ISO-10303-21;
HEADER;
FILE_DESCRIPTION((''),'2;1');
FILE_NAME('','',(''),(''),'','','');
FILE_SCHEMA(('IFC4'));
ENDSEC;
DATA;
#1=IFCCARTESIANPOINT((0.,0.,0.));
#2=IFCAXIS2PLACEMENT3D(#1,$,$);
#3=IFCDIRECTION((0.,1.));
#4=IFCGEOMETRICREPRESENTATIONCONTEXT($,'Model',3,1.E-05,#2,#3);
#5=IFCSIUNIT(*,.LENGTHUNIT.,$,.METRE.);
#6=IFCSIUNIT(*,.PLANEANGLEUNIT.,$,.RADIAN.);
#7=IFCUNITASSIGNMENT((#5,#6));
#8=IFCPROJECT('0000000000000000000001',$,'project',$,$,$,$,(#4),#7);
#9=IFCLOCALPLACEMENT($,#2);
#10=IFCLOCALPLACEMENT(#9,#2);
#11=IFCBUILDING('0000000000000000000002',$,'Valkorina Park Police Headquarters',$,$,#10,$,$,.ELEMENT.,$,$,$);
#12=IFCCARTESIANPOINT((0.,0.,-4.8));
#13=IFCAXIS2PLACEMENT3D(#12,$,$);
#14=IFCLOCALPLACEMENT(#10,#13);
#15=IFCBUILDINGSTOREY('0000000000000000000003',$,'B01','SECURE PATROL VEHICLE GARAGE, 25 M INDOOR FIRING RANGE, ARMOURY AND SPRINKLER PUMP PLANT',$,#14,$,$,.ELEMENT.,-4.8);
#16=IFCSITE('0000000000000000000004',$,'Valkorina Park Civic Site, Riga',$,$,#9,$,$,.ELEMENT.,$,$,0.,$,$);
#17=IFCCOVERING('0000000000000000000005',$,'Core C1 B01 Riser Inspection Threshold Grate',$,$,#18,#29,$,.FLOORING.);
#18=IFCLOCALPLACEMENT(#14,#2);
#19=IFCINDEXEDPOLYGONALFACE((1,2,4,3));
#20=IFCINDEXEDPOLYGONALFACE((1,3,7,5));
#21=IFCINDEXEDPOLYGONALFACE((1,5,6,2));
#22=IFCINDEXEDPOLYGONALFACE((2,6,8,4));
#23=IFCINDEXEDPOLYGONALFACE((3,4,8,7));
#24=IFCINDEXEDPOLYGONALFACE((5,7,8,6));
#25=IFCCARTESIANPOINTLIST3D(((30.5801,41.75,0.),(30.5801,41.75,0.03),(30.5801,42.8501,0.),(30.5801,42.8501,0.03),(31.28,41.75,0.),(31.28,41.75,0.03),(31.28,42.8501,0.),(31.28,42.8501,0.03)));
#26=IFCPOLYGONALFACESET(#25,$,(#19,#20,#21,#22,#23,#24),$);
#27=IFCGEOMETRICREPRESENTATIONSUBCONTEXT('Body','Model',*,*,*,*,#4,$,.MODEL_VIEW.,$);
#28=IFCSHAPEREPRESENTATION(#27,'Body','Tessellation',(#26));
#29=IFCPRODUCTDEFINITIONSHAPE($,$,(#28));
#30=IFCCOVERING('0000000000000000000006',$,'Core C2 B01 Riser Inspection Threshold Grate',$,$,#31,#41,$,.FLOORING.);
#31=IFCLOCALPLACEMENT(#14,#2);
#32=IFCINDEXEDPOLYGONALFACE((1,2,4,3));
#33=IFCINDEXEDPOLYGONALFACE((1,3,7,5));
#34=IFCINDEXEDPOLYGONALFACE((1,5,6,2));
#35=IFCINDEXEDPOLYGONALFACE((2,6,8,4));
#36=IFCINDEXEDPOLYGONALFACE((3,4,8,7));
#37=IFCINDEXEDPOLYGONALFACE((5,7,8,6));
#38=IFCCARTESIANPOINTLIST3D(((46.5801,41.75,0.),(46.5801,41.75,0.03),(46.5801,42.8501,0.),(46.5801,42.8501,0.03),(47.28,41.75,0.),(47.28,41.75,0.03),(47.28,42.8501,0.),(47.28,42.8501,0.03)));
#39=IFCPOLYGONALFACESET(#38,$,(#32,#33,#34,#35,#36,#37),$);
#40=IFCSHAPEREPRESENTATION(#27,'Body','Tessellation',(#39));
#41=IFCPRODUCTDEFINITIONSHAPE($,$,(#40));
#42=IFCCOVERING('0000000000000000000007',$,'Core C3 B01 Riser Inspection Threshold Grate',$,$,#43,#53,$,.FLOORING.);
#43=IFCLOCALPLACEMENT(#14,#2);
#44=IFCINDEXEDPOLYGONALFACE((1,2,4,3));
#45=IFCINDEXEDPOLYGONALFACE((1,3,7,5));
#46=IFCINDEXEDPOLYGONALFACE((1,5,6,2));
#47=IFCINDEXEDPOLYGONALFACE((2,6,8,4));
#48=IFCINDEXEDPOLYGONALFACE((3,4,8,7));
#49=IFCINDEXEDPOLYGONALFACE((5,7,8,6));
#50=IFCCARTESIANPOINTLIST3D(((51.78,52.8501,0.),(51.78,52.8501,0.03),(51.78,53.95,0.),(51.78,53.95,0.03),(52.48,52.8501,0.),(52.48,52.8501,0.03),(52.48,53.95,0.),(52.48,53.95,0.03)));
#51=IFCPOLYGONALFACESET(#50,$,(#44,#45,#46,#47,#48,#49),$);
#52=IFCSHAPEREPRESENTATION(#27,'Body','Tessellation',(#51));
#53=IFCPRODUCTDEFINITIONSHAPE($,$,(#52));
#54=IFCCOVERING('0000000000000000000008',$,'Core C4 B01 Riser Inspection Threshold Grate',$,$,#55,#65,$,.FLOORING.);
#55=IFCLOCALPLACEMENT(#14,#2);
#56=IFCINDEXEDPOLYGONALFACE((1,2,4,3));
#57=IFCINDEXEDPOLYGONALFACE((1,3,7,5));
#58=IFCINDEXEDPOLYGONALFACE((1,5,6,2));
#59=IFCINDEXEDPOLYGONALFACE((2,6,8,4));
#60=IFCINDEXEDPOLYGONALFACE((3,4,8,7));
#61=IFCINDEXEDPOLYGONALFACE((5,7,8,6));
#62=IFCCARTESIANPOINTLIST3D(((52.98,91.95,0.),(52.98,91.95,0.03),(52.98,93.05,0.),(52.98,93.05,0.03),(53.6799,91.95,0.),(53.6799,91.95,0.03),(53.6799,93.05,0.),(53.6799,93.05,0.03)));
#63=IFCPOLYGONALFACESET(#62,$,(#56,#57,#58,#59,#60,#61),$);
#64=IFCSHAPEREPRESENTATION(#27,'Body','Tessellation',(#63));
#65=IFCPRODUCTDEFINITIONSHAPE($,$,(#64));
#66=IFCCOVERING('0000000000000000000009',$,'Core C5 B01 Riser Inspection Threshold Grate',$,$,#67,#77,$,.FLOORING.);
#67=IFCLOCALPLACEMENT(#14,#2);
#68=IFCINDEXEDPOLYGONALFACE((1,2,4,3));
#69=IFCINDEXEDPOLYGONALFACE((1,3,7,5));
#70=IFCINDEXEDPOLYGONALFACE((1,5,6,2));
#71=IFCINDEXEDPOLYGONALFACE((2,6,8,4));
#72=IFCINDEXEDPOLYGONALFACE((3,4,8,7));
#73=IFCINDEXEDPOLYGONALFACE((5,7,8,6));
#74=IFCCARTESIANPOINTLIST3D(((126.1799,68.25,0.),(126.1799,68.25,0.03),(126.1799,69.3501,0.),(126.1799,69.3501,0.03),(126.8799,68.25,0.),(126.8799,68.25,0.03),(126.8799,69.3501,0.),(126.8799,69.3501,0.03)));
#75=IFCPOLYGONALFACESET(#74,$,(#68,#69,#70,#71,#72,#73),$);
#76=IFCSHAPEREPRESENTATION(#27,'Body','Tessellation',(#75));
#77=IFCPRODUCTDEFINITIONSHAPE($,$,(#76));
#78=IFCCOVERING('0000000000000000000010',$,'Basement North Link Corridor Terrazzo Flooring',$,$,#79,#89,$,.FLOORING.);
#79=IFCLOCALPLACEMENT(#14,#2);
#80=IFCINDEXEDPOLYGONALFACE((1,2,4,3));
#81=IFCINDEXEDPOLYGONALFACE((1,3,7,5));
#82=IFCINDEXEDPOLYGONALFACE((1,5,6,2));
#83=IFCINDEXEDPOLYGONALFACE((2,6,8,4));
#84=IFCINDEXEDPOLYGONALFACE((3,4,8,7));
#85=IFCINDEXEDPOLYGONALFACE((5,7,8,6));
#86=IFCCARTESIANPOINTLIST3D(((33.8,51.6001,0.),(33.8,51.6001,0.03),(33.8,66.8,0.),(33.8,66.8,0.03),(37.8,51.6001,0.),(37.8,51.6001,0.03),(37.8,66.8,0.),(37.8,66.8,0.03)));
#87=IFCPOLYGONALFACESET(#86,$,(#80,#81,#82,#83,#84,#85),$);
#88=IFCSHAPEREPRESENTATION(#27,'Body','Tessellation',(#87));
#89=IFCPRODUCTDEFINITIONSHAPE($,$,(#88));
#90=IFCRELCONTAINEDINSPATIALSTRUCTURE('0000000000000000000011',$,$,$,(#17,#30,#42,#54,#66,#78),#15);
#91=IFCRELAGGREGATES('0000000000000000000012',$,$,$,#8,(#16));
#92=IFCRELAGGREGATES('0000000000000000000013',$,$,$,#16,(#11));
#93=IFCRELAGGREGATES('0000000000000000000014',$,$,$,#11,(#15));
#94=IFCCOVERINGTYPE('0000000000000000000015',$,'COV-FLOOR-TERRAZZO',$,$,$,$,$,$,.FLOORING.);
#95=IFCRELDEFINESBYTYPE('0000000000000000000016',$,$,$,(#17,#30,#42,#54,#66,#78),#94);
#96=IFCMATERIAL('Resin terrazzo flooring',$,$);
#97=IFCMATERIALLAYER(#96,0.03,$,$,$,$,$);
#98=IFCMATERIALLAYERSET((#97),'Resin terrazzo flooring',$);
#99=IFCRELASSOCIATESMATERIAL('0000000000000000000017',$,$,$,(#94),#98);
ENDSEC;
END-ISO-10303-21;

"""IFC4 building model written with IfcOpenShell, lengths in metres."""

from ifc_helpers import new_model, si_unit, direction, frame, origin, place, context, subcontext, project, spatial, polyline, outline, extrude, material, layer, layer_set, type_object, element, save


model = new_model("IFC4")

# Units and contexts
model_context = context("Model", 3, precision=1e-05, world=origin(), true_north=direction((0.0, 1.0)))
body_context = subcontext(model_context, "Body", "Model", "MODEL_VIEW")
ifc_project = project(units=[si_unit("LENGTHUNIT", "METRE"), si_unit("PLANEANGLEUNIT", "RADIAN")], contexts=[model_context])

# Site, building, storey
site_placement = place(None, origin())
site = spatial("IfcSite", under=ifc_project, at=site_placement, Name="Valkorina Park Civic Site, Riga", CompositionType="ELEMENT", RefElevation=0.0)
building_placement = place(site_placement, origin())
building = spatial("IfcBuilding", under=site, at=building_placement, Name="Valkorina Park Police Headquarters", CompositionType="ELEMENT")
storey_placement = place(building_placement, frame((0.0, 0.0, -4.8)))
storey = spatial("IfcBuildingStorey", under=building, at=storey_placement, Name="B01", Description="SECURE PATROL VEHICLE GARAGE, 25 M INDOOR FIRING RANGE, ARMOURY AND SPRINKLER PUMP PLANT", CompositionType="ELEMENT", Elevation=-4.8)

# Coverings
ifc_material_1 = material(Name="Resin terrazzo flooring")
ifc_layer_1 = layer(ifc_material_1, 0.03)
ifc_layer_set_1 = layer_set([ifc_layer_1], Name="Resin terrazzo flooring")
covering_type = type_object("IfcCoveringType", Name="COV-FLOOR-TERRAZZO", PredefinedType="FLOORING", material=ifc_layer_set_1)
covering_1_placement = place(storey_placement, origin())
element("IfcCovering", 1, at=covering_1_placement, inside=storey, type_object=covering_type, Name="Core C1 B01 Riser Inspection Threshold Grate", PredefinedType="FLOORING", context=body_context, shape_type="SweptSolid", body=[
    extrude(outline(polyline([(31.28, 41.75), (31.28, 42.8501), (30.5801, 42.8501), (30.5801, 41.75), (31.28, 41.75)])), origin(), (0.0, 0.0, 1.0), 0.03),
])
covering_2_placement = place(storey_placement, origin())
element("IfcCovering", 2, at=covering_2_placement, inside=storey, type_object=covering_type, Name="Core C2 B01 Riser Inspection Threshold Grate", PredefinedType="FLOORING", context=body_context, shape_type="SweptSolid", body=[
    extrude(outline(polyline([(47.28, 41.75), (47.28, 42.8501), (46.5801, 42.8501), (46.5801, 41.75), (47.28, 41.75)])), origin(), (0.0, 0.0, 1.0), 0.03),
])
covering_3_placement = place(storey_placement, origin())
element("IfcCovering", 3, at=covering_3_placement, inside=storey, type_object=covering_type, Name="Core C3 B01 Riser Inspection Threshold Grate", PredefinedType="FLOORING", context=body_context, shape_type="SweptSolid", body=[
    extrude(outline(polyline([(52.48, 52.8501), (52.48, 53.95), (51.78, 53.95), (51.78, 52.8501), (52.48, 52.8501)])), origin(), (0.0, 0.0, 1.0), 0.03),
])
covering_4_placement = place(storey_placement, origin())
element("IfcCovering", 4, at=covering_4_placement, inside=storey, type_object=covering_type, Name="Core C4 B01 Riser Inspection Threshold Grate", PredefinedType="FLOORING", context=body_context, shape_type="SweptSolid", body=[
    extrude(outline(polyline([(53.6799, 91.95), (53.6799, 93.05), (52.98, 93.05), (52.98, 91.95), (53.6799, 91.95)])), origin(), (0.0, 0.0, 1.0), 0.03),
])
covering_5_placement = place(storey_placement, origin())
element("IfcCovering", 5, at=covering_5_placement, inside=storey, type_object=covering_type, Name="Core C5 B01 Riser Inspection Threshold Grate", PredefinedType="FLOORING", context=body_context, shape_type="SweptSolid", body=[
    extrude(outline(polyline([(126.8799, 68.25), (126.8799, 69.3501), (126.1799, 69.3501), (126.1799, 68.25), (126.8799, 68.25)])), origin(), (0.0, 0.0, 1.0), 0.03),
])
covering_6_placement = place(storey_placement, origin())
element("IfcCovering", 6, at=covering_6_placement, inside=storey, type_object=covering_type, Name="Basement North Link Corridor Terrazzo Flooring", PredefinedType="FLOORING", context=body_context, shape_type="SweptSolid", body=[
    extrude(outline(polyline([(37.8, 66.8), (33.8, 66.8), (33.8, 51.6001), (37.8, 51.6001), (37.8, 66.8)])), origin(), (0.0, 0.0, 1.0), 0.03),
])

save(model, "model.ifc")
